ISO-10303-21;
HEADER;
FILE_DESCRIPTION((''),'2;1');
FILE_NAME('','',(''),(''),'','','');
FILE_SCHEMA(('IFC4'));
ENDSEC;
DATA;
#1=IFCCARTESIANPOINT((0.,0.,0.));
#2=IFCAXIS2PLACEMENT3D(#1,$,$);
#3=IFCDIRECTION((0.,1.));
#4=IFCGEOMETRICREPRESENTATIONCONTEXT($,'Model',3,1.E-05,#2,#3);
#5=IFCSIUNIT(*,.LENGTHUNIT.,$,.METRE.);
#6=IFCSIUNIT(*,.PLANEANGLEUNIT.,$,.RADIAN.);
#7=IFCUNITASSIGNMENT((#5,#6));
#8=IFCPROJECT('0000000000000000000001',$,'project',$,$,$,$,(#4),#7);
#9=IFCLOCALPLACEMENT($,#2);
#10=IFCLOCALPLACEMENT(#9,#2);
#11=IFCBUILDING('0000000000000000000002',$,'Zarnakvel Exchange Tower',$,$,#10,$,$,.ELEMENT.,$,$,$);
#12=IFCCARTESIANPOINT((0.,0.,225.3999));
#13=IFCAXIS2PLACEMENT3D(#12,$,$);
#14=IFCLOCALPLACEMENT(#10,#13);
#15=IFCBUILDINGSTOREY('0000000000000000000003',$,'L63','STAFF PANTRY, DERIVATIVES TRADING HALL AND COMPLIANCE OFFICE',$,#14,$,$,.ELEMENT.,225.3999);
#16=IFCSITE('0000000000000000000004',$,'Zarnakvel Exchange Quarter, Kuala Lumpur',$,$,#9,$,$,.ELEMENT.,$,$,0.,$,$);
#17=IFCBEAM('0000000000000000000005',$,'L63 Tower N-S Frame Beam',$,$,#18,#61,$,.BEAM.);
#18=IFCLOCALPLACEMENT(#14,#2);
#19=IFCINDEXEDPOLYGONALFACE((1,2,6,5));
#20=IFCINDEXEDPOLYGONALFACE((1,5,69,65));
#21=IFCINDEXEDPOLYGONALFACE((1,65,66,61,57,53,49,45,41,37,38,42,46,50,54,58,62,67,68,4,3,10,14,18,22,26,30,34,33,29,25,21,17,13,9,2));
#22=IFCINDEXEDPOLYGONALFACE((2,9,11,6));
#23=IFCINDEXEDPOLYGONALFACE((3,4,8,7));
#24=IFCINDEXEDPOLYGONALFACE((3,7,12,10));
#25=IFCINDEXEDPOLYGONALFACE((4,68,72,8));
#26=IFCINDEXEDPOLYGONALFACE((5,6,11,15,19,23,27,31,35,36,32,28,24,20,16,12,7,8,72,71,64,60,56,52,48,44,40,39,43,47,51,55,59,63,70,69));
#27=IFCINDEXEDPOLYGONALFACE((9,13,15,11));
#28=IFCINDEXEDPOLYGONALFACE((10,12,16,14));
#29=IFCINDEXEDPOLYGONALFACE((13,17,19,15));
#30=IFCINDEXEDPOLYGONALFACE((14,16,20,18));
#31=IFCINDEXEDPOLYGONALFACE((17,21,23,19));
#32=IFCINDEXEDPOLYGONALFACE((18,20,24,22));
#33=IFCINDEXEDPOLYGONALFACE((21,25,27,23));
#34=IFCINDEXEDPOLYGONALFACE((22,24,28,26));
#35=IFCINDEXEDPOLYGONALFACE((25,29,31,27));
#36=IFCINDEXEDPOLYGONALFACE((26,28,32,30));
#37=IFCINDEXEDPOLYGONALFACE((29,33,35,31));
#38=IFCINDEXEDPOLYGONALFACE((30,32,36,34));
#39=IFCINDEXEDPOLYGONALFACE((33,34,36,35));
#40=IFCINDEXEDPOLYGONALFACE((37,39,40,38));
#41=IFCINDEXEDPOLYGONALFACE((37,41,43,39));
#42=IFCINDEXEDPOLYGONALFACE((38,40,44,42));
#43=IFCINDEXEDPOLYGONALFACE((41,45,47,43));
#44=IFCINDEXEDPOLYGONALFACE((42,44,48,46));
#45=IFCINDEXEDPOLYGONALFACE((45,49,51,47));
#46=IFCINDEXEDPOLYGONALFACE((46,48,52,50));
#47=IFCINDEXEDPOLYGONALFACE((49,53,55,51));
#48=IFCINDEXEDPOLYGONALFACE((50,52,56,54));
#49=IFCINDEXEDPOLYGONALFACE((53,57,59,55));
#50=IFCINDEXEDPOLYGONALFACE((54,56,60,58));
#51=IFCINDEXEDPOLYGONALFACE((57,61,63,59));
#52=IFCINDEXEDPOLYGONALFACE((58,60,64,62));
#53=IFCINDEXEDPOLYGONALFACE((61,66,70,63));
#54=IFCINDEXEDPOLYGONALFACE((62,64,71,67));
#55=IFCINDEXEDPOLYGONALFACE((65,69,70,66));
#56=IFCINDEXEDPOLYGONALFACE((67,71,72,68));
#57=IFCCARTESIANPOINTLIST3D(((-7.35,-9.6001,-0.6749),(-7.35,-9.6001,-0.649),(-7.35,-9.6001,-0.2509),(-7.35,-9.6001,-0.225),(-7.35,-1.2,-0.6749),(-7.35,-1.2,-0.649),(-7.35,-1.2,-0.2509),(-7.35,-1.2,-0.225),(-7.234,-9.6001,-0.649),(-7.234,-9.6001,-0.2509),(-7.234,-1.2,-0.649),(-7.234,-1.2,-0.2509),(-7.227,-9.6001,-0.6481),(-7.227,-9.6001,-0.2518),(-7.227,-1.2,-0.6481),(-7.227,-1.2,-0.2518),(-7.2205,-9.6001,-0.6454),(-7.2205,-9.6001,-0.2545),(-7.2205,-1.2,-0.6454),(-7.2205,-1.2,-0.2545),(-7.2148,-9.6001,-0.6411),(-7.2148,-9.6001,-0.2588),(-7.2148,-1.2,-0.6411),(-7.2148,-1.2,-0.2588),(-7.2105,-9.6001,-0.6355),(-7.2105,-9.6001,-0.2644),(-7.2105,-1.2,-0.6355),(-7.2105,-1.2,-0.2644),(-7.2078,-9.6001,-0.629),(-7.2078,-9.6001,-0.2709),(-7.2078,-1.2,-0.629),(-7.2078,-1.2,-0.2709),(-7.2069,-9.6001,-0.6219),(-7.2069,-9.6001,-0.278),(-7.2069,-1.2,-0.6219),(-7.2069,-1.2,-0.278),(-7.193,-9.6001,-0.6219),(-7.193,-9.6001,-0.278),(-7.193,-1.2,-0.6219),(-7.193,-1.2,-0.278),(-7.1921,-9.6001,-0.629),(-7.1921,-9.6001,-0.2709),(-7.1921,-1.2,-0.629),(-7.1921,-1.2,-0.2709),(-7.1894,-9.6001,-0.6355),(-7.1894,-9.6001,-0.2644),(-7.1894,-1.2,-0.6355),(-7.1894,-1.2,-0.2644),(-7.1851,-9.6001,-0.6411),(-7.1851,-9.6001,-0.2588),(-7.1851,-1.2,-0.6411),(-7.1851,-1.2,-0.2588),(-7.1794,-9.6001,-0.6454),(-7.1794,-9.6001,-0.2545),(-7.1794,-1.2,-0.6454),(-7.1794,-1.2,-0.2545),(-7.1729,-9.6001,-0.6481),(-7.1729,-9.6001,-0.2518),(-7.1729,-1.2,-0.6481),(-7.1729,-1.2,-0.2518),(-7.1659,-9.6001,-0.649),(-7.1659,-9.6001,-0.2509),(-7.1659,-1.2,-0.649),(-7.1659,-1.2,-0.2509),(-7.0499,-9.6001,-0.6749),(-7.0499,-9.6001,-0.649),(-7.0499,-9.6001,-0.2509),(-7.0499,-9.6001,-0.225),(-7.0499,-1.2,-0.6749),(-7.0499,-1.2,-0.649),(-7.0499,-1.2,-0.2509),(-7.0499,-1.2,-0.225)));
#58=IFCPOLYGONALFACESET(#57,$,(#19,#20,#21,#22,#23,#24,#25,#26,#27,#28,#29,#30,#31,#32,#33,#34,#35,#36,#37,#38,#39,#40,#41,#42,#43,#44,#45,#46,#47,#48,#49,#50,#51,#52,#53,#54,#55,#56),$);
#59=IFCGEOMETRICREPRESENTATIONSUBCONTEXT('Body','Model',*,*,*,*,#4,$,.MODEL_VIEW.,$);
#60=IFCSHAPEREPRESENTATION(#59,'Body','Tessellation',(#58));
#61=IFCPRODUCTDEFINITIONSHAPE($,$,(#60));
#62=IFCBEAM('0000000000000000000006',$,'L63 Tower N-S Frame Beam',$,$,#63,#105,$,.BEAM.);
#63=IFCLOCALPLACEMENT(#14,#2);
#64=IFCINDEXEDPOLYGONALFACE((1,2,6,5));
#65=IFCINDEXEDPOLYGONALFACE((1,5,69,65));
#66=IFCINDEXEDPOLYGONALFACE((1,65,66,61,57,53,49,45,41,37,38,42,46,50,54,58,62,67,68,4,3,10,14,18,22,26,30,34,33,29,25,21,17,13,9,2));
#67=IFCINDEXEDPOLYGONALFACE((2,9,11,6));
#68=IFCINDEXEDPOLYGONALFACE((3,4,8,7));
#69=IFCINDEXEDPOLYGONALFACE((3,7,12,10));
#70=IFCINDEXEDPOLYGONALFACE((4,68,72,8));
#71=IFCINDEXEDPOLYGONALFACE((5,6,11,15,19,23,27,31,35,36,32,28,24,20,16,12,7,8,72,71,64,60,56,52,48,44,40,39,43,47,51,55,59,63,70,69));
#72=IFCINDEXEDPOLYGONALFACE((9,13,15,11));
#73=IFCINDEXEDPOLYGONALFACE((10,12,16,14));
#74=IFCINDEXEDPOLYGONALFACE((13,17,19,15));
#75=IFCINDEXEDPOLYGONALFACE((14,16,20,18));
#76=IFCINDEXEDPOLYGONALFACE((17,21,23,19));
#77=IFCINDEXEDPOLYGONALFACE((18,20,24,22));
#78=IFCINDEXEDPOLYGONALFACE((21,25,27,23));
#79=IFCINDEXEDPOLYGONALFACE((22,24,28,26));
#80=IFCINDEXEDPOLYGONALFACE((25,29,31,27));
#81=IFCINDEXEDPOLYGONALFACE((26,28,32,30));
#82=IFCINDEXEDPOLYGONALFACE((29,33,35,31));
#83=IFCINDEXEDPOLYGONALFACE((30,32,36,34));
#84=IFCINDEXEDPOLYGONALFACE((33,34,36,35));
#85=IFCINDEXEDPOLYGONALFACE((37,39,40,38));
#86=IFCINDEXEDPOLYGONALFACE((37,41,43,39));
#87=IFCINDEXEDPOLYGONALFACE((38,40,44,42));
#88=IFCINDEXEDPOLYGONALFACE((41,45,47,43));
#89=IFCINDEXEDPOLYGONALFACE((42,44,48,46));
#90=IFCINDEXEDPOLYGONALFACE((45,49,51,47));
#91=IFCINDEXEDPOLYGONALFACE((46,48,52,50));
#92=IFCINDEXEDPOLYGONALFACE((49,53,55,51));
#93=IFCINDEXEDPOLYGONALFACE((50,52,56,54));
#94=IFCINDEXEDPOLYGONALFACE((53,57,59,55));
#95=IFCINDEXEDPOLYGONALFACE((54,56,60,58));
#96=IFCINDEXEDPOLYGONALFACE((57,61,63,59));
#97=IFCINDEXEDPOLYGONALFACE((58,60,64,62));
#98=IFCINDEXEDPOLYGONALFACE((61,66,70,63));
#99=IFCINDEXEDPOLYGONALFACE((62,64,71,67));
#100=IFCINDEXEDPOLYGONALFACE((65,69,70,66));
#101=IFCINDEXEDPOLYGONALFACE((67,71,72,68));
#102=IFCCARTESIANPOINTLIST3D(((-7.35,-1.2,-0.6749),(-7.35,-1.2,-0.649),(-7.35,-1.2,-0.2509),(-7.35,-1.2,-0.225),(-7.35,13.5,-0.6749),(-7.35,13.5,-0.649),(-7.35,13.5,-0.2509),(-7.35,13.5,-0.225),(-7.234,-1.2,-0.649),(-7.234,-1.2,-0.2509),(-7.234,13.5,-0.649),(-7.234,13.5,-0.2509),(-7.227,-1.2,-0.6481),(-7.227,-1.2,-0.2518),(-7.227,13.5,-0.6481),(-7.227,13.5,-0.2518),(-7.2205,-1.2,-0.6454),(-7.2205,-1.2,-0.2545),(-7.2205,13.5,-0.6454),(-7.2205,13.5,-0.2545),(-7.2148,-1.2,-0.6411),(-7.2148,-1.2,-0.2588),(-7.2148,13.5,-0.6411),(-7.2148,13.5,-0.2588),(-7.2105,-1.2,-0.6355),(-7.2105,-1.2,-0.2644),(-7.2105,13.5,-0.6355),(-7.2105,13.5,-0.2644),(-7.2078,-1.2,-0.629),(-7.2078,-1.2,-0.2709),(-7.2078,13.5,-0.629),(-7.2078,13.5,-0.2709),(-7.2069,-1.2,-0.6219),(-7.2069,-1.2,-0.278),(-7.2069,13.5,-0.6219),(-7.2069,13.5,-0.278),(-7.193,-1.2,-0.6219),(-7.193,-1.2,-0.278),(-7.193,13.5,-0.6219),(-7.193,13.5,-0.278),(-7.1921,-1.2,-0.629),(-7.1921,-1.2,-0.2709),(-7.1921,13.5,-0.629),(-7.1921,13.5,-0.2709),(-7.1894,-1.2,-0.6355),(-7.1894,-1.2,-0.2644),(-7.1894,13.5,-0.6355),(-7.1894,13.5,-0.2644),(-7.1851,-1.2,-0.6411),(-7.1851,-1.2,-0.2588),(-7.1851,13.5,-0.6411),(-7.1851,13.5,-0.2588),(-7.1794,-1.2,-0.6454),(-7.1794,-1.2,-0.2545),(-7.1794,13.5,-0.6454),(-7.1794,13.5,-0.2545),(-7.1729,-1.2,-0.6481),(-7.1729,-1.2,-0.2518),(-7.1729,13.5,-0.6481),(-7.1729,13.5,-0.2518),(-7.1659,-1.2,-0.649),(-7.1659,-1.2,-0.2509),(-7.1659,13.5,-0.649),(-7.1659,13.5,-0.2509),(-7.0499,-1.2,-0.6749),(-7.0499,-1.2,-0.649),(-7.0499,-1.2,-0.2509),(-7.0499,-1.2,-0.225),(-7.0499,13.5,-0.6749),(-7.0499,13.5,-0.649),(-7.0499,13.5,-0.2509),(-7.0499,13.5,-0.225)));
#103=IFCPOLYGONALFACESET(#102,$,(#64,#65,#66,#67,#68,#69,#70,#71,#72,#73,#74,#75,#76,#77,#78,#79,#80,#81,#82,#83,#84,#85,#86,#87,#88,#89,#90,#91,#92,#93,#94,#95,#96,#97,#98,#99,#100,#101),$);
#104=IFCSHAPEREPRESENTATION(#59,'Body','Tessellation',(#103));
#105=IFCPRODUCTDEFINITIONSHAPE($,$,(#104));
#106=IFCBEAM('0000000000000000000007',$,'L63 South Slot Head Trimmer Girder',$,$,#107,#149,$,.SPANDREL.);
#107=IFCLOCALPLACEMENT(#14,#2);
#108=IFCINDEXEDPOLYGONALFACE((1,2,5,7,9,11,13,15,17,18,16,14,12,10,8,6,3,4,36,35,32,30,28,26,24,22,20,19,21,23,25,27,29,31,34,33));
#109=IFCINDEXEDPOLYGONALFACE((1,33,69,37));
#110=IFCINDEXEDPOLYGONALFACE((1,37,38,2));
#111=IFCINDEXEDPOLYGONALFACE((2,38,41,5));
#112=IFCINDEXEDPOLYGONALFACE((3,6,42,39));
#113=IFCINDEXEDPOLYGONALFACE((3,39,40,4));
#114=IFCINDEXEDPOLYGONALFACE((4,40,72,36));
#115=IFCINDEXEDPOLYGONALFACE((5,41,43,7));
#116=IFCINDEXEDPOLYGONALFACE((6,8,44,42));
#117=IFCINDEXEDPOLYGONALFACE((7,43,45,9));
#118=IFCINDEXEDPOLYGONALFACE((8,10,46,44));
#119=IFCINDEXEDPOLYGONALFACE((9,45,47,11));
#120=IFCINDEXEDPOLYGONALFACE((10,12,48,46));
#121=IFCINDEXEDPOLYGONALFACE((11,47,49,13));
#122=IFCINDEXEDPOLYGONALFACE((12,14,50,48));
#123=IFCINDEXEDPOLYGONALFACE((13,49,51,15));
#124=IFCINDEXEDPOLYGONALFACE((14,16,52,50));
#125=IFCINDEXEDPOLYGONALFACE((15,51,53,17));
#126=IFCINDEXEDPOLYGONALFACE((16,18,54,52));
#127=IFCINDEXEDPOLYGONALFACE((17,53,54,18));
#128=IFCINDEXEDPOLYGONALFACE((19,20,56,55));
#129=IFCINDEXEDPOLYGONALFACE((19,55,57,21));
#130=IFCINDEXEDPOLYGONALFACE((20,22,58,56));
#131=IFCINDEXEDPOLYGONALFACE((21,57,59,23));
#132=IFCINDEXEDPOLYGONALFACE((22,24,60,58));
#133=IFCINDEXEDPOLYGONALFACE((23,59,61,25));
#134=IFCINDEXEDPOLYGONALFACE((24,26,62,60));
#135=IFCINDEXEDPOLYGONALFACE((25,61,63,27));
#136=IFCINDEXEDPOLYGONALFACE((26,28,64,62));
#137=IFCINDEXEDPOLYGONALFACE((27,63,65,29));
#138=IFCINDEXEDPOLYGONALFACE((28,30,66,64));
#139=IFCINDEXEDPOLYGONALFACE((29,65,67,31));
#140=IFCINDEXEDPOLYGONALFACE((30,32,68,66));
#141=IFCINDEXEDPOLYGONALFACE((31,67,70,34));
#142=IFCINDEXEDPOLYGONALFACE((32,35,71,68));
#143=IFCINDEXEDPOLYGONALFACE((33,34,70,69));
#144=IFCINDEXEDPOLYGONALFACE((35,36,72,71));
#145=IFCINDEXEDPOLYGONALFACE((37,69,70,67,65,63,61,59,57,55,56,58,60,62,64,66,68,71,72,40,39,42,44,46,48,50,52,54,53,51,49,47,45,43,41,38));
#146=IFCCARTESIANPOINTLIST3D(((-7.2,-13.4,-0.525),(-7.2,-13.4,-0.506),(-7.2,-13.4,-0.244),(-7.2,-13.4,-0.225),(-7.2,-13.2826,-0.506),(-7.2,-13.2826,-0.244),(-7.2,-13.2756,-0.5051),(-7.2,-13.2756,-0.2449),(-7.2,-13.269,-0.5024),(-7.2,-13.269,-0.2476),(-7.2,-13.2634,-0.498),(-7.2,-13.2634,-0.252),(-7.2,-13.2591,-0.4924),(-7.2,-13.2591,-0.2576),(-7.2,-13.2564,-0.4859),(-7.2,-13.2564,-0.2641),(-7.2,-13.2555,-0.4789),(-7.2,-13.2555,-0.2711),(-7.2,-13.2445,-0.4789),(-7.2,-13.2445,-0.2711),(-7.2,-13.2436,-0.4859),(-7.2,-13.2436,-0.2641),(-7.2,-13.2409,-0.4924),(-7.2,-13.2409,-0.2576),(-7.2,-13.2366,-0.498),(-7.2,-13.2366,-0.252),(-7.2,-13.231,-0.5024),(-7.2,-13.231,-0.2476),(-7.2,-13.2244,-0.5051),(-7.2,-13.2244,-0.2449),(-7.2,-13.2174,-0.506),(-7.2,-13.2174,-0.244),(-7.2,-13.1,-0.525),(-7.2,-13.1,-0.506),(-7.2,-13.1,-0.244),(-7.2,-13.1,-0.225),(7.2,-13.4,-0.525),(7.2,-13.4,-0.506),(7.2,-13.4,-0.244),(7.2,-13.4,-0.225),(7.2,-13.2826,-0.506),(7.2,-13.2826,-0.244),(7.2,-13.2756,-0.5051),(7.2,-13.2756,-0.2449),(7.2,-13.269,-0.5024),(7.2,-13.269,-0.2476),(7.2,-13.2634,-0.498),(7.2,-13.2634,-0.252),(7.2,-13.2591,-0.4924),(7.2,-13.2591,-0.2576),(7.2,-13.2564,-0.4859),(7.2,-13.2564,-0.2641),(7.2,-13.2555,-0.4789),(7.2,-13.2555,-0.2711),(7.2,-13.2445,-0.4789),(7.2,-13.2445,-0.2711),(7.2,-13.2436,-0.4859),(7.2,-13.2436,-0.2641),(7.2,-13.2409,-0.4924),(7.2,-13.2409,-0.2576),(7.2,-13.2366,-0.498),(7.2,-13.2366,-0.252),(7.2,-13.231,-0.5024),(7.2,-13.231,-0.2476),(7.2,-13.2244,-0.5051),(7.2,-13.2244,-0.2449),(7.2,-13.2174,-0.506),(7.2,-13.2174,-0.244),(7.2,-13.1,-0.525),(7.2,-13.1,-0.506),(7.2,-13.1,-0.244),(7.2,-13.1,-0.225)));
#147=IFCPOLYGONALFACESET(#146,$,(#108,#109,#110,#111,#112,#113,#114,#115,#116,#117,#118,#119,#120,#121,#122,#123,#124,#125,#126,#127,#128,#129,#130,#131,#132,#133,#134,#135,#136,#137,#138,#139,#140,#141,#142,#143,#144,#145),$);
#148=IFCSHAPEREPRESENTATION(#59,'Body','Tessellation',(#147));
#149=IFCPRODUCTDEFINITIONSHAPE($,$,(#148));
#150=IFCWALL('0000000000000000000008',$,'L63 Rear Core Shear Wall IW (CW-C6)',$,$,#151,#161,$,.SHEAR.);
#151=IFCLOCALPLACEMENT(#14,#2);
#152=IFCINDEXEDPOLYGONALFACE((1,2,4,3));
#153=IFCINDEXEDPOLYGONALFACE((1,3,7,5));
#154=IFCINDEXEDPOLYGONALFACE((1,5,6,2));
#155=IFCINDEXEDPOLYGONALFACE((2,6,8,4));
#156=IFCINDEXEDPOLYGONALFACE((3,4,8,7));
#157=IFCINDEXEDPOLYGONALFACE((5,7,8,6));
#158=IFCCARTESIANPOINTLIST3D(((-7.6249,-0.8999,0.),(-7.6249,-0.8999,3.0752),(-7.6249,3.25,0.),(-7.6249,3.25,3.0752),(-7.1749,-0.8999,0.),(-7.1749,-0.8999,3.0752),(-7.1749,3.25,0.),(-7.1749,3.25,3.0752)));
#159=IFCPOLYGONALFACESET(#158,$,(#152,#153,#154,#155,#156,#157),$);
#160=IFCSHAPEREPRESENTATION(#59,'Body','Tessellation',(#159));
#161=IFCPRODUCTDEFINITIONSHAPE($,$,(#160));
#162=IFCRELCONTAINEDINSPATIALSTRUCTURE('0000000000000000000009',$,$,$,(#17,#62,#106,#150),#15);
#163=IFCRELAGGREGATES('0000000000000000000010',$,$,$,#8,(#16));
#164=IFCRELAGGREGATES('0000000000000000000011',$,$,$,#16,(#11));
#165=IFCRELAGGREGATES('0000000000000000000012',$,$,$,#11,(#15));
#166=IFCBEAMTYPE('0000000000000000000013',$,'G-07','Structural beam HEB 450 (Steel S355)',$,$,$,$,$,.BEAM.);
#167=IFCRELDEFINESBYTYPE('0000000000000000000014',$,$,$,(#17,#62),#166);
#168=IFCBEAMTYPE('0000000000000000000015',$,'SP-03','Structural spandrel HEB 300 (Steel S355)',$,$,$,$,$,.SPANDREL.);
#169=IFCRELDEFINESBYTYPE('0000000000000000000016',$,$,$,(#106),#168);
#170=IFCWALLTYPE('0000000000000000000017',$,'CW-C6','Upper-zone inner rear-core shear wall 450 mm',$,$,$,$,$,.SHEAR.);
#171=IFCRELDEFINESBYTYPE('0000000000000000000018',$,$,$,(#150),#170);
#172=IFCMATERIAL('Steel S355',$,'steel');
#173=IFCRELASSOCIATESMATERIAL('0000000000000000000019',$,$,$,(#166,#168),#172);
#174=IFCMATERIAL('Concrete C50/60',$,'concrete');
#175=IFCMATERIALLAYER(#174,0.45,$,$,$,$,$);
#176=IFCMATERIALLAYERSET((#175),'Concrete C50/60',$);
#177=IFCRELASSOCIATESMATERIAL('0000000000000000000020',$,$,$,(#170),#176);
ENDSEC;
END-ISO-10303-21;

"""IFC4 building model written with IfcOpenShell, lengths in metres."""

from ifc_helpers import new_model, si_unit, direction, frame, frame_2d, origin, origin_2d, place, context, subcontext, project, spatial, rectangle, i_section, extrude, material, layer, layer_set, material_profile, profile_set, type_object, element, save


model = new_model("IFC4")

# Units and contexts
model_context = context("Model", 3, precision=1e-05, world=origin(), true_north=direction((0.0, 1.0)))
body_context = subcontext(model_context, "Body", "Model", "MODEL_VIEW")
ifc_project = project(units=[si_unit("LENGTHUNIT", "METRE"), si_unit("PLANEANGLEUNIT", "RADIAN")], contexts=[model_context])

# Site, building, storey
site_placement = place(None, origin())
site = spatial("IfcSite", under=ifc_project, at=site_placement, Name="Zarnakvel Exchange Quarter, Kuala Lumpur", CompositionType="ELEMENT", RefElevation=0.0)
building_placement = place(site_placement, origin())
building = spatial("IfcBuilding", under=site, at=building_placement, Name="Zarnakvel Exchange Tower", CompositionType="ELEMENT")
storey_placement = place(building_placement, frame((0.0, 0.0, 225.3999)))
storey = spatial("IfcBuildingStorey", under=building, at=storey_placement, Name="L63", Description="STAFF PANTRY, DERIVATIVES TRADING HALL AND COMPLIANCE OFFICE", CompositionType="ELEMENT", Elevation=225.3999)

# Shared definitions
ifc_material_1 = material(Name="Concrete C50/60", Category="concrete")

# Beams
ifc_material_2 = material(Name="Steel S355", Category="steel")
ifc_material_profile_1 = material_profile(ifc_material_2, i_section(OverallWidth=0.3, OverallDepth=0.45, WebThickness=0.0139, FlangeThickness=0.0259, FilletRadius=0.0271, at=origin_2d()))
ifc_profile_set_1 = profile_set([ifc_material_profile_1], Name="Steel S355")
beam_type_1 = type_object("IfcBeamType", Name="G-07", Description="Structural beam HEB 450 (Steel S355)", PredefinedType="BEAM", material=ifc_profile_set_1)
beam_1_placement = place(storey_placement, frame((-7.2, -9.6001, -0.45), z_axis=(0.0, 1.0, 0.0), x_axis=(-1.0, 0.0, 0.0)))
element("IfcBeam", 1, at=beam_1_placement, inside=storey, type_object=beam_type_1, Name="L63 Tower N-S Frame Beam", PredefinedType="BEAM", context=body_context, shape_type="SweptSolid", body=[
    extrude(i_section(OverallWidth=0.3, OverallDepth=0.45, WebThickness=0.0139, FlangeThickness=0.0259, FilletRadius=0.0271, at=origin_2d()), origin(), (0.0, 0.0, 1.0), 8.4001),
])
beam_2_placement = place(storey_placement, frame((-7.2, -1.2, -0.45), z_axis=(0.0, 1.0, 0.0), x_axis=(-1.0, 0.0, 0.0)))
element("IfcBeam", 2, at=beam_2_placement, inside=storey, type_object=beam_type_1, Name="L63 Tower N-S Frame Beam", PredefinedType="BEAM", context=body_context, shape_type="SweptSolid", body=[
    extrude(i_section(OverallWidth=0.3, OverallDepth=0.45, WebThickness=0.0139, FlangeThickness=0.0259, FilletRadius=0.0271, at=origin_2d()), origin(), (0.0, 0.0, 1.0), 14.7),
])
ifc_material_profile_2 = material_profile(ifc_material_2, i_section(OverallWidth=0.3, OverallDepth=0.3, WebThickness=0.011, FlangeThickness=0.019, FilletRadius=0.0271, at=origin_2d()))
ifc_profile_set_2 = profile_set([ifc_material_profile_2], Name="Steel S355")
beam_type_2 = type_object("IfcBeamType", Name="SP-03", Description="Structural spandrel HEB 300 (Steel S355)", PredefinedType="SPANDREL", material=ifc_profile_set_2)
beam_3_placement = place(storey_placement, frame((-7.2, -13.25, -0.375), z_axis=(1.0, 0.0, 0.0), x_axis=(0.0, 1.0, 0.0)))
element("IfcBeam", 3, at=beam_3_placement, inside=storey, type_object=beam_type_2, Name="L63 South Slot Head Trimmer Girder", PredefinedType="SPANDREL", context=body_context, shape_type="SweptSolid", body=[
    extrude(i_section(OverallWidth=0.3, OverallDepth=0.3, WebThickness=0.011, FlangeThickness=0.019, FilletRadius=0.0271, at=origin_2d()), origin(), (0.0, 0.0, 1.0), 14.3999),
])

# Wall
ifc_layer_1 = layer(ifc_material_1, 0.45)
ifc_layer_set_1 = layer_set([ifc_layer_1], Name="Concrete C50/60")
wall_type_1 = type_object("IfcWallType", Name="CW-C6", Description="Upper-zone inner rear-core shear wall 450 mm", PredefinedType="SHEAR", material=ifc_layer_set_1)
wall_1_placement = place(storey_placement, frame((-7.3999, -0.8999, 0.0), z_axis=(0.0, 0.0, 1.0), x_axis=(0.0, 1.0, 0.0)))
element("IfcWall", 4, at=wall_1_placement, inside=storey, type_object=wall_type_1, Name="L63 Rear Core Shear Wall IW (CW-C6)", PredefinedType="SHEAR", context=body_context, shape_type="SweptSolid", body=[
    extrude(rectangle(XDim=4.1499, YDim=0.45, at=frame_2d((2.075, 0.0))), origin(), (0.0, 0.0, 1.0), 3.0752),
])

save(model, "model.ifc")
